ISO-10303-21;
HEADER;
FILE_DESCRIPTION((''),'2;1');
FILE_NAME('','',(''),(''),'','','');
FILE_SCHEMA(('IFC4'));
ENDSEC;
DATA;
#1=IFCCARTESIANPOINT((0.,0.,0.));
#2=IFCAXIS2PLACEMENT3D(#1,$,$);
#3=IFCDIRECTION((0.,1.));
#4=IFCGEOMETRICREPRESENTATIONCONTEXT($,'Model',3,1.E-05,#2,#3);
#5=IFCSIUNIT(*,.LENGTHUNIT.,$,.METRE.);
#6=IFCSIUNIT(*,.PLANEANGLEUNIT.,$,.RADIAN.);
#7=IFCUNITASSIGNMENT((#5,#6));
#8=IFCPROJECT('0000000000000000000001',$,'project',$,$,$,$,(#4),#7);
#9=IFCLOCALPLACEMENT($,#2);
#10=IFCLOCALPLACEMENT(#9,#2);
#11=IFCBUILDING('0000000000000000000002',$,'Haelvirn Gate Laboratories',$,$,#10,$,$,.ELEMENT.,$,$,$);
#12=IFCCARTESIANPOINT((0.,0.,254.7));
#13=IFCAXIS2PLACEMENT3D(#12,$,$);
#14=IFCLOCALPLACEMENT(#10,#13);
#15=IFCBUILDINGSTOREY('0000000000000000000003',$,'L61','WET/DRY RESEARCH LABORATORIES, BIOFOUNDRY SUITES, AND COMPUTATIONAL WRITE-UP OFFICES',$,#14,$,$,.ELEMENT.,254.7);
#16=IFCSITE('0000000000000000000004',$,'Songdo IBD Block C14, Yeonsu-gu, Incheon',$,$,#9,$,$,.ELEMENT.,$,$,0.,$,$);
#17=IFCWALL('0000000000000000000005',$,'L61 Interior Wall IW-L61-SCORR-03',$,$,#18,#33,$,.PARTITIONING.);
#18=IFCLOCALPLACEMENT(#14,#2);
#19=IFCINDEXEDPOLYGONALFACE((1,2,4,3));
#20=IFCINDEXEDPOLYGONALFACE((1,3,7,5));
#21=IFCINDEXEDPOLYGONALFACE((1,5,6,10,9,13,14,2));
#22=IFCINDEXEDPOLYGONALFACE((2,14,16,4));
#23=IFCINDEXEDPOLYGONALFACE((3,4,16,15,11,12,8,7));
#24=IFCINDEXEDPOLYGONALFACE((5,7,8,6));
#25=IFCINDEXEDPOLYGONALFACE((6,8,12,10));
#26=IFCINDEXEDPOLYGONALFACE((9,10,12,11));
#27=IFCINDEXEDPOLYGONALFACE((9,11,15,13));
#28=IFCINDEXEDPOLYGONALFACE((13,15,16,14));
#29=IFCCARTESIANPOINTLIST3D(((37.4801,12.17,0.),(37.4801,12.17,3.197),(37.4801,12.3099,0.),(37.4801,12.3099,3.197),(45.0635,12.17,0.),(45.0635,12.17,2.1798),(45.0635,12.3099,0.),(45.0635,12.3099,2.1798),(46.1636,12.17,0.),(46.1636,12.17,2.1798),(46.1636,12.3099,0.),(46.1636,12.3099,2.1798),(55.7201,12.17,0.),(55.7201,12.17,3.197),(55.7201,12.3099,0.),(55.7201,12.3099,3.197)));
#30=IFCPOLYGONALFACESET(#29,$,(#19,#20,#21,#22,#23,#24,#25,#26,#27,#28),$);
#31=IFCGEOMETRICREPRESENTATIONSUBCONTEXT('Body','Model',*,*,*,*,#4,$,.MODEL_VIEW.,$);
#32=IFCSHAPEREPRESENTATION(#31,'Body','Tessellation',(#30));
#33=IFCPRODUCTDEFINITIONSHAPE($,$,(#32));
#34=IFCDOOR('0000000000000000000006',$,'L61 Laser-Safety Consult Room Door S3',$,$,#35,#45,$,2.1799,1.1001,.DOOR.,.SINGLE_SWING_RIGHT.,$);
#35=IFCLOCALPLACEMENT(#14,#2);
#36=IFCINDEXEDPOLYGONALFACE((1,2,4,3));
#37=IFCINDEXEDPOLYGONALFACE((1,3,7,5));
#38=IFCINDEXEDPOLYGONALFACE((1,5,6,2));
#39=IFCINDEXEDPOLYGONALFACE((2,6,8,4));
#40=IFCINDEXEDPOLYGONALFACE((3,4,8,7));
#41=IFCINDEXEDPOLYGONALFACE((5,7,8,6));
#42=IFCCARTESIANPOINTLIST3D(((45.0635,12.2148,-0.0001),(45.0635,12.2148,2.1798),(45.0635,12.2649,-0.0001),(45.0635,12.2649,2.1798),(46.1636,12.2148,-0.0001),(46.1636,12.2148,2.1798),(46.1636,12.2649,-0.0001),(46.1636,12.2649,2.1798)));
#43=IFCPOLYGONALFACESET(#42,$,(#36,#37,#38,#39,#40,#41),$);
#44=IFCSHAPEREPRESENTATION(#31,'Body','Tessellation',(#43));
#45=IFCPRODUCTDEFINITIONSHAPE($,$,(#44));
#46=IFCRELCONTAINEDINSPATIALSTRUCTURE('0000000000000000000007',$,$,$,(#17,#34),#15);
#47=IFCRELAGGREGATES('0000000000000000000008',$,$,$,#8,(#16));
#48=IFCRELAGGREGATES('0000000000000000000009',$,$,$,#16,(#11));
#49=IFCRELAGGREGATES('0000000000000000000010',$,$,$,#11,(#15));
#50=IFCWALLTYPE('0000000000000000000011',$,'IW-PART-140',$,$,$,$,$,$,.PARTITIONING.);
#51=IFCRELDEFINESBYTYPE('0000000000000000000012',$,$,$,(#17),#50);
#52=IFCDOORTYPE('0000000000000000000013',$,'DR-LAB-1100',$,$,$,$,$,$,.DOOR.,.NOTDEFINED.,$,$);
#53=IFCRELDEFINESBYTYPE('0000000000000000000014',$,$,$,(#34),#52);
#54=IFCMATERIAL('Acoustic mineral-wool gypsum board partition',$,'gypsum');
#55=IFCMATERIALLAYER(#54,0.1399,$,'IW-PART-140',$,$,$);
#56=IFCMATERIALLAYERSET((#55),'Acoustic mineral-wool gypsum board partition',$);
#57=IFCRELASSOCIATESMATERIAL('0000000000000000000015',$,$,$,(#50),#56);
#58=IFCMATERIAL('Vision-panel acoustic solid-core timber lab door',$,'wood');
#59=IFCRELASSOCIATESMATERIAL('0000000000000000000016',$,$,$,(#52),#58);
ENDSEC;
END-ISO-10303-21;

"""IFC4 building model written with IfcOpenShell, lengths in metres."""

from ifc_helpers import new_model, si_unit, direction, frame, frame_2d, origin, place, context, subcontext, project, spatial, rectangle, extrude, source, transform, mapped, material, layer, layer_set, type_object, type_shapes, element, fill, save


model = new_model("IFC4")

# Units and contexts
model_context = context("Model", 3, precision=1e-05, world=origin(), true_north=direction((0.0, 1.0)))
body_context = subcontext(model_context, "Body", "Model", "MODEL_VIEW")
ifc_project = project(units=[si_unit("LENGTHUNIT", "METRE"), si_unit("PLANEANGLEUNIT", "RADIAN")], contexts=[model_context])

# Site, building, storey
site_placement = place(None, origin())
site = spatial("IfcSite", under=ifc_project, at=site_placement, Name="Songdo IBD Block C14, Yeonsu-gu, Incheon", CompositionType="ELEMENT", RefElevation=0.0)
building_placement = place(site_placement, origin())
building = spatial("IfcBuilding", under=site, at=building_placement, Name="Haelvirn Gate Laboratories", CompositionType="ELEMENT")
storey_placement = place(building_placement, frame((0.0, 0.0, 254.7)))
storey = spatial("IfcBuildingStorey", under=building, at=storey_placement, Name="L61", Description="WET/DRY RESEARCH LABORATORIES, BIOFOUNDRY SUITES, AND COMPUTATIONAL WRITE-UP OFFICES", CompositionType="ELEMENT", Elevation=254.7)

# Wall, opening, door
ifc_material_1 = material(Name="Acoustic mineral-wool gypsum board partition", Category="gypsum")
ifc_layer_1 = layer(ifc_material_1, 0.1399, Name="IW-PART-140")
ifc_layer_set_1 = layer_set([ifc_layer_1], Name="Acoustic mineral-wool gypsum board partition")
wall_type_1 = type_object("IfcWallType", Name="IW-PART-140", PredefinedType="PARTITIONING", material=ifc_layer_set_1)
wall_1_placement = place(storey_placement, frame((37.48, 12.24, 0.0), z_axis=(0.0, 0.0, 1.0), x_axis=(1.0, 0.0, 0.0)))
wall_1 = element("IfcWall", 1, at=wall_1_placement, inside=storey, type_object=wall_type_1, Name="L61 Interior Wall IW-L61-SCORR-03", PredefinedType="PARTITIONING", context=body_context, shape_type="SweptSolid", body=[
    extrude(rectangle(XDim=18.24, YDim=0.1399, at=frame_2d((9.1201, 0.0))), origin(), (0.0, 0.0, 1.0), 3.197),
])
opening_placement = place(wall_1_placement, frame((7.5835, 0.0, 0.0)))
opening = element("IfcOpeningElement", 2, at=opening_placement, cuts=wall_1, PredefinedType="OPENING", context=body_context, shape_type="SweptSolid", body=[
    extrude(rectangle(XDim=1.1001, YDim=2.1799, at=frame_2d((0.55, 1.0898))), frame((0.0, 0.0801, 0.0), z_axis=(0.0, -1.0, 0.0), x_axis=(1.0, 0.0, 0.0)), (0.0, 0.0, 1.0), 0.1599),
])
ifc_material_2 = material(Name="Vision-panel acoustic solid-core timber lab door", Category="wood")
door_type = type_object("IfcDoorType", Name="DR-LAB-1100", OperationType="NOTDEFINED", PredefinedType="DOOR", material=ifc_material_2)
shared_shape_1 = source(origin(), body_context, "Body", "SweptSolid", [
    extrude(rectangle(XDim=1.1001, YDim=2.1799, at=frame_2d((0.55, 1.0898))), frame((0.0, 0.0249, 0.0), z_axis=(0.0, -1.0, 0.0), x_axis=(1.0, 0.0, 0.0)), (0.0, 0.0, 1.0), 0.05),
])
type_shapes(door_type, [shared_shape_1])
door_placement = place(opening_placement, origin())
door = element("IfcDoor", 3, at=door_placement, inside=storey, type_object=door_type, Name="L61 Laser-Safety Consult Room Door S3", OperationType="SINGLE_SWING_RIGHT", OverallHeight=2.1799, OverallWidth=1.1001, PredefinedType="DOOR", context=body_context, shape_type="MappedRepresentation", body=[
    mapped(shared_shape_1, transform((0.0, 0.0, 0.0), scale=1.0)),
])
fill(opening, door)

save(model, "model.ifc")
